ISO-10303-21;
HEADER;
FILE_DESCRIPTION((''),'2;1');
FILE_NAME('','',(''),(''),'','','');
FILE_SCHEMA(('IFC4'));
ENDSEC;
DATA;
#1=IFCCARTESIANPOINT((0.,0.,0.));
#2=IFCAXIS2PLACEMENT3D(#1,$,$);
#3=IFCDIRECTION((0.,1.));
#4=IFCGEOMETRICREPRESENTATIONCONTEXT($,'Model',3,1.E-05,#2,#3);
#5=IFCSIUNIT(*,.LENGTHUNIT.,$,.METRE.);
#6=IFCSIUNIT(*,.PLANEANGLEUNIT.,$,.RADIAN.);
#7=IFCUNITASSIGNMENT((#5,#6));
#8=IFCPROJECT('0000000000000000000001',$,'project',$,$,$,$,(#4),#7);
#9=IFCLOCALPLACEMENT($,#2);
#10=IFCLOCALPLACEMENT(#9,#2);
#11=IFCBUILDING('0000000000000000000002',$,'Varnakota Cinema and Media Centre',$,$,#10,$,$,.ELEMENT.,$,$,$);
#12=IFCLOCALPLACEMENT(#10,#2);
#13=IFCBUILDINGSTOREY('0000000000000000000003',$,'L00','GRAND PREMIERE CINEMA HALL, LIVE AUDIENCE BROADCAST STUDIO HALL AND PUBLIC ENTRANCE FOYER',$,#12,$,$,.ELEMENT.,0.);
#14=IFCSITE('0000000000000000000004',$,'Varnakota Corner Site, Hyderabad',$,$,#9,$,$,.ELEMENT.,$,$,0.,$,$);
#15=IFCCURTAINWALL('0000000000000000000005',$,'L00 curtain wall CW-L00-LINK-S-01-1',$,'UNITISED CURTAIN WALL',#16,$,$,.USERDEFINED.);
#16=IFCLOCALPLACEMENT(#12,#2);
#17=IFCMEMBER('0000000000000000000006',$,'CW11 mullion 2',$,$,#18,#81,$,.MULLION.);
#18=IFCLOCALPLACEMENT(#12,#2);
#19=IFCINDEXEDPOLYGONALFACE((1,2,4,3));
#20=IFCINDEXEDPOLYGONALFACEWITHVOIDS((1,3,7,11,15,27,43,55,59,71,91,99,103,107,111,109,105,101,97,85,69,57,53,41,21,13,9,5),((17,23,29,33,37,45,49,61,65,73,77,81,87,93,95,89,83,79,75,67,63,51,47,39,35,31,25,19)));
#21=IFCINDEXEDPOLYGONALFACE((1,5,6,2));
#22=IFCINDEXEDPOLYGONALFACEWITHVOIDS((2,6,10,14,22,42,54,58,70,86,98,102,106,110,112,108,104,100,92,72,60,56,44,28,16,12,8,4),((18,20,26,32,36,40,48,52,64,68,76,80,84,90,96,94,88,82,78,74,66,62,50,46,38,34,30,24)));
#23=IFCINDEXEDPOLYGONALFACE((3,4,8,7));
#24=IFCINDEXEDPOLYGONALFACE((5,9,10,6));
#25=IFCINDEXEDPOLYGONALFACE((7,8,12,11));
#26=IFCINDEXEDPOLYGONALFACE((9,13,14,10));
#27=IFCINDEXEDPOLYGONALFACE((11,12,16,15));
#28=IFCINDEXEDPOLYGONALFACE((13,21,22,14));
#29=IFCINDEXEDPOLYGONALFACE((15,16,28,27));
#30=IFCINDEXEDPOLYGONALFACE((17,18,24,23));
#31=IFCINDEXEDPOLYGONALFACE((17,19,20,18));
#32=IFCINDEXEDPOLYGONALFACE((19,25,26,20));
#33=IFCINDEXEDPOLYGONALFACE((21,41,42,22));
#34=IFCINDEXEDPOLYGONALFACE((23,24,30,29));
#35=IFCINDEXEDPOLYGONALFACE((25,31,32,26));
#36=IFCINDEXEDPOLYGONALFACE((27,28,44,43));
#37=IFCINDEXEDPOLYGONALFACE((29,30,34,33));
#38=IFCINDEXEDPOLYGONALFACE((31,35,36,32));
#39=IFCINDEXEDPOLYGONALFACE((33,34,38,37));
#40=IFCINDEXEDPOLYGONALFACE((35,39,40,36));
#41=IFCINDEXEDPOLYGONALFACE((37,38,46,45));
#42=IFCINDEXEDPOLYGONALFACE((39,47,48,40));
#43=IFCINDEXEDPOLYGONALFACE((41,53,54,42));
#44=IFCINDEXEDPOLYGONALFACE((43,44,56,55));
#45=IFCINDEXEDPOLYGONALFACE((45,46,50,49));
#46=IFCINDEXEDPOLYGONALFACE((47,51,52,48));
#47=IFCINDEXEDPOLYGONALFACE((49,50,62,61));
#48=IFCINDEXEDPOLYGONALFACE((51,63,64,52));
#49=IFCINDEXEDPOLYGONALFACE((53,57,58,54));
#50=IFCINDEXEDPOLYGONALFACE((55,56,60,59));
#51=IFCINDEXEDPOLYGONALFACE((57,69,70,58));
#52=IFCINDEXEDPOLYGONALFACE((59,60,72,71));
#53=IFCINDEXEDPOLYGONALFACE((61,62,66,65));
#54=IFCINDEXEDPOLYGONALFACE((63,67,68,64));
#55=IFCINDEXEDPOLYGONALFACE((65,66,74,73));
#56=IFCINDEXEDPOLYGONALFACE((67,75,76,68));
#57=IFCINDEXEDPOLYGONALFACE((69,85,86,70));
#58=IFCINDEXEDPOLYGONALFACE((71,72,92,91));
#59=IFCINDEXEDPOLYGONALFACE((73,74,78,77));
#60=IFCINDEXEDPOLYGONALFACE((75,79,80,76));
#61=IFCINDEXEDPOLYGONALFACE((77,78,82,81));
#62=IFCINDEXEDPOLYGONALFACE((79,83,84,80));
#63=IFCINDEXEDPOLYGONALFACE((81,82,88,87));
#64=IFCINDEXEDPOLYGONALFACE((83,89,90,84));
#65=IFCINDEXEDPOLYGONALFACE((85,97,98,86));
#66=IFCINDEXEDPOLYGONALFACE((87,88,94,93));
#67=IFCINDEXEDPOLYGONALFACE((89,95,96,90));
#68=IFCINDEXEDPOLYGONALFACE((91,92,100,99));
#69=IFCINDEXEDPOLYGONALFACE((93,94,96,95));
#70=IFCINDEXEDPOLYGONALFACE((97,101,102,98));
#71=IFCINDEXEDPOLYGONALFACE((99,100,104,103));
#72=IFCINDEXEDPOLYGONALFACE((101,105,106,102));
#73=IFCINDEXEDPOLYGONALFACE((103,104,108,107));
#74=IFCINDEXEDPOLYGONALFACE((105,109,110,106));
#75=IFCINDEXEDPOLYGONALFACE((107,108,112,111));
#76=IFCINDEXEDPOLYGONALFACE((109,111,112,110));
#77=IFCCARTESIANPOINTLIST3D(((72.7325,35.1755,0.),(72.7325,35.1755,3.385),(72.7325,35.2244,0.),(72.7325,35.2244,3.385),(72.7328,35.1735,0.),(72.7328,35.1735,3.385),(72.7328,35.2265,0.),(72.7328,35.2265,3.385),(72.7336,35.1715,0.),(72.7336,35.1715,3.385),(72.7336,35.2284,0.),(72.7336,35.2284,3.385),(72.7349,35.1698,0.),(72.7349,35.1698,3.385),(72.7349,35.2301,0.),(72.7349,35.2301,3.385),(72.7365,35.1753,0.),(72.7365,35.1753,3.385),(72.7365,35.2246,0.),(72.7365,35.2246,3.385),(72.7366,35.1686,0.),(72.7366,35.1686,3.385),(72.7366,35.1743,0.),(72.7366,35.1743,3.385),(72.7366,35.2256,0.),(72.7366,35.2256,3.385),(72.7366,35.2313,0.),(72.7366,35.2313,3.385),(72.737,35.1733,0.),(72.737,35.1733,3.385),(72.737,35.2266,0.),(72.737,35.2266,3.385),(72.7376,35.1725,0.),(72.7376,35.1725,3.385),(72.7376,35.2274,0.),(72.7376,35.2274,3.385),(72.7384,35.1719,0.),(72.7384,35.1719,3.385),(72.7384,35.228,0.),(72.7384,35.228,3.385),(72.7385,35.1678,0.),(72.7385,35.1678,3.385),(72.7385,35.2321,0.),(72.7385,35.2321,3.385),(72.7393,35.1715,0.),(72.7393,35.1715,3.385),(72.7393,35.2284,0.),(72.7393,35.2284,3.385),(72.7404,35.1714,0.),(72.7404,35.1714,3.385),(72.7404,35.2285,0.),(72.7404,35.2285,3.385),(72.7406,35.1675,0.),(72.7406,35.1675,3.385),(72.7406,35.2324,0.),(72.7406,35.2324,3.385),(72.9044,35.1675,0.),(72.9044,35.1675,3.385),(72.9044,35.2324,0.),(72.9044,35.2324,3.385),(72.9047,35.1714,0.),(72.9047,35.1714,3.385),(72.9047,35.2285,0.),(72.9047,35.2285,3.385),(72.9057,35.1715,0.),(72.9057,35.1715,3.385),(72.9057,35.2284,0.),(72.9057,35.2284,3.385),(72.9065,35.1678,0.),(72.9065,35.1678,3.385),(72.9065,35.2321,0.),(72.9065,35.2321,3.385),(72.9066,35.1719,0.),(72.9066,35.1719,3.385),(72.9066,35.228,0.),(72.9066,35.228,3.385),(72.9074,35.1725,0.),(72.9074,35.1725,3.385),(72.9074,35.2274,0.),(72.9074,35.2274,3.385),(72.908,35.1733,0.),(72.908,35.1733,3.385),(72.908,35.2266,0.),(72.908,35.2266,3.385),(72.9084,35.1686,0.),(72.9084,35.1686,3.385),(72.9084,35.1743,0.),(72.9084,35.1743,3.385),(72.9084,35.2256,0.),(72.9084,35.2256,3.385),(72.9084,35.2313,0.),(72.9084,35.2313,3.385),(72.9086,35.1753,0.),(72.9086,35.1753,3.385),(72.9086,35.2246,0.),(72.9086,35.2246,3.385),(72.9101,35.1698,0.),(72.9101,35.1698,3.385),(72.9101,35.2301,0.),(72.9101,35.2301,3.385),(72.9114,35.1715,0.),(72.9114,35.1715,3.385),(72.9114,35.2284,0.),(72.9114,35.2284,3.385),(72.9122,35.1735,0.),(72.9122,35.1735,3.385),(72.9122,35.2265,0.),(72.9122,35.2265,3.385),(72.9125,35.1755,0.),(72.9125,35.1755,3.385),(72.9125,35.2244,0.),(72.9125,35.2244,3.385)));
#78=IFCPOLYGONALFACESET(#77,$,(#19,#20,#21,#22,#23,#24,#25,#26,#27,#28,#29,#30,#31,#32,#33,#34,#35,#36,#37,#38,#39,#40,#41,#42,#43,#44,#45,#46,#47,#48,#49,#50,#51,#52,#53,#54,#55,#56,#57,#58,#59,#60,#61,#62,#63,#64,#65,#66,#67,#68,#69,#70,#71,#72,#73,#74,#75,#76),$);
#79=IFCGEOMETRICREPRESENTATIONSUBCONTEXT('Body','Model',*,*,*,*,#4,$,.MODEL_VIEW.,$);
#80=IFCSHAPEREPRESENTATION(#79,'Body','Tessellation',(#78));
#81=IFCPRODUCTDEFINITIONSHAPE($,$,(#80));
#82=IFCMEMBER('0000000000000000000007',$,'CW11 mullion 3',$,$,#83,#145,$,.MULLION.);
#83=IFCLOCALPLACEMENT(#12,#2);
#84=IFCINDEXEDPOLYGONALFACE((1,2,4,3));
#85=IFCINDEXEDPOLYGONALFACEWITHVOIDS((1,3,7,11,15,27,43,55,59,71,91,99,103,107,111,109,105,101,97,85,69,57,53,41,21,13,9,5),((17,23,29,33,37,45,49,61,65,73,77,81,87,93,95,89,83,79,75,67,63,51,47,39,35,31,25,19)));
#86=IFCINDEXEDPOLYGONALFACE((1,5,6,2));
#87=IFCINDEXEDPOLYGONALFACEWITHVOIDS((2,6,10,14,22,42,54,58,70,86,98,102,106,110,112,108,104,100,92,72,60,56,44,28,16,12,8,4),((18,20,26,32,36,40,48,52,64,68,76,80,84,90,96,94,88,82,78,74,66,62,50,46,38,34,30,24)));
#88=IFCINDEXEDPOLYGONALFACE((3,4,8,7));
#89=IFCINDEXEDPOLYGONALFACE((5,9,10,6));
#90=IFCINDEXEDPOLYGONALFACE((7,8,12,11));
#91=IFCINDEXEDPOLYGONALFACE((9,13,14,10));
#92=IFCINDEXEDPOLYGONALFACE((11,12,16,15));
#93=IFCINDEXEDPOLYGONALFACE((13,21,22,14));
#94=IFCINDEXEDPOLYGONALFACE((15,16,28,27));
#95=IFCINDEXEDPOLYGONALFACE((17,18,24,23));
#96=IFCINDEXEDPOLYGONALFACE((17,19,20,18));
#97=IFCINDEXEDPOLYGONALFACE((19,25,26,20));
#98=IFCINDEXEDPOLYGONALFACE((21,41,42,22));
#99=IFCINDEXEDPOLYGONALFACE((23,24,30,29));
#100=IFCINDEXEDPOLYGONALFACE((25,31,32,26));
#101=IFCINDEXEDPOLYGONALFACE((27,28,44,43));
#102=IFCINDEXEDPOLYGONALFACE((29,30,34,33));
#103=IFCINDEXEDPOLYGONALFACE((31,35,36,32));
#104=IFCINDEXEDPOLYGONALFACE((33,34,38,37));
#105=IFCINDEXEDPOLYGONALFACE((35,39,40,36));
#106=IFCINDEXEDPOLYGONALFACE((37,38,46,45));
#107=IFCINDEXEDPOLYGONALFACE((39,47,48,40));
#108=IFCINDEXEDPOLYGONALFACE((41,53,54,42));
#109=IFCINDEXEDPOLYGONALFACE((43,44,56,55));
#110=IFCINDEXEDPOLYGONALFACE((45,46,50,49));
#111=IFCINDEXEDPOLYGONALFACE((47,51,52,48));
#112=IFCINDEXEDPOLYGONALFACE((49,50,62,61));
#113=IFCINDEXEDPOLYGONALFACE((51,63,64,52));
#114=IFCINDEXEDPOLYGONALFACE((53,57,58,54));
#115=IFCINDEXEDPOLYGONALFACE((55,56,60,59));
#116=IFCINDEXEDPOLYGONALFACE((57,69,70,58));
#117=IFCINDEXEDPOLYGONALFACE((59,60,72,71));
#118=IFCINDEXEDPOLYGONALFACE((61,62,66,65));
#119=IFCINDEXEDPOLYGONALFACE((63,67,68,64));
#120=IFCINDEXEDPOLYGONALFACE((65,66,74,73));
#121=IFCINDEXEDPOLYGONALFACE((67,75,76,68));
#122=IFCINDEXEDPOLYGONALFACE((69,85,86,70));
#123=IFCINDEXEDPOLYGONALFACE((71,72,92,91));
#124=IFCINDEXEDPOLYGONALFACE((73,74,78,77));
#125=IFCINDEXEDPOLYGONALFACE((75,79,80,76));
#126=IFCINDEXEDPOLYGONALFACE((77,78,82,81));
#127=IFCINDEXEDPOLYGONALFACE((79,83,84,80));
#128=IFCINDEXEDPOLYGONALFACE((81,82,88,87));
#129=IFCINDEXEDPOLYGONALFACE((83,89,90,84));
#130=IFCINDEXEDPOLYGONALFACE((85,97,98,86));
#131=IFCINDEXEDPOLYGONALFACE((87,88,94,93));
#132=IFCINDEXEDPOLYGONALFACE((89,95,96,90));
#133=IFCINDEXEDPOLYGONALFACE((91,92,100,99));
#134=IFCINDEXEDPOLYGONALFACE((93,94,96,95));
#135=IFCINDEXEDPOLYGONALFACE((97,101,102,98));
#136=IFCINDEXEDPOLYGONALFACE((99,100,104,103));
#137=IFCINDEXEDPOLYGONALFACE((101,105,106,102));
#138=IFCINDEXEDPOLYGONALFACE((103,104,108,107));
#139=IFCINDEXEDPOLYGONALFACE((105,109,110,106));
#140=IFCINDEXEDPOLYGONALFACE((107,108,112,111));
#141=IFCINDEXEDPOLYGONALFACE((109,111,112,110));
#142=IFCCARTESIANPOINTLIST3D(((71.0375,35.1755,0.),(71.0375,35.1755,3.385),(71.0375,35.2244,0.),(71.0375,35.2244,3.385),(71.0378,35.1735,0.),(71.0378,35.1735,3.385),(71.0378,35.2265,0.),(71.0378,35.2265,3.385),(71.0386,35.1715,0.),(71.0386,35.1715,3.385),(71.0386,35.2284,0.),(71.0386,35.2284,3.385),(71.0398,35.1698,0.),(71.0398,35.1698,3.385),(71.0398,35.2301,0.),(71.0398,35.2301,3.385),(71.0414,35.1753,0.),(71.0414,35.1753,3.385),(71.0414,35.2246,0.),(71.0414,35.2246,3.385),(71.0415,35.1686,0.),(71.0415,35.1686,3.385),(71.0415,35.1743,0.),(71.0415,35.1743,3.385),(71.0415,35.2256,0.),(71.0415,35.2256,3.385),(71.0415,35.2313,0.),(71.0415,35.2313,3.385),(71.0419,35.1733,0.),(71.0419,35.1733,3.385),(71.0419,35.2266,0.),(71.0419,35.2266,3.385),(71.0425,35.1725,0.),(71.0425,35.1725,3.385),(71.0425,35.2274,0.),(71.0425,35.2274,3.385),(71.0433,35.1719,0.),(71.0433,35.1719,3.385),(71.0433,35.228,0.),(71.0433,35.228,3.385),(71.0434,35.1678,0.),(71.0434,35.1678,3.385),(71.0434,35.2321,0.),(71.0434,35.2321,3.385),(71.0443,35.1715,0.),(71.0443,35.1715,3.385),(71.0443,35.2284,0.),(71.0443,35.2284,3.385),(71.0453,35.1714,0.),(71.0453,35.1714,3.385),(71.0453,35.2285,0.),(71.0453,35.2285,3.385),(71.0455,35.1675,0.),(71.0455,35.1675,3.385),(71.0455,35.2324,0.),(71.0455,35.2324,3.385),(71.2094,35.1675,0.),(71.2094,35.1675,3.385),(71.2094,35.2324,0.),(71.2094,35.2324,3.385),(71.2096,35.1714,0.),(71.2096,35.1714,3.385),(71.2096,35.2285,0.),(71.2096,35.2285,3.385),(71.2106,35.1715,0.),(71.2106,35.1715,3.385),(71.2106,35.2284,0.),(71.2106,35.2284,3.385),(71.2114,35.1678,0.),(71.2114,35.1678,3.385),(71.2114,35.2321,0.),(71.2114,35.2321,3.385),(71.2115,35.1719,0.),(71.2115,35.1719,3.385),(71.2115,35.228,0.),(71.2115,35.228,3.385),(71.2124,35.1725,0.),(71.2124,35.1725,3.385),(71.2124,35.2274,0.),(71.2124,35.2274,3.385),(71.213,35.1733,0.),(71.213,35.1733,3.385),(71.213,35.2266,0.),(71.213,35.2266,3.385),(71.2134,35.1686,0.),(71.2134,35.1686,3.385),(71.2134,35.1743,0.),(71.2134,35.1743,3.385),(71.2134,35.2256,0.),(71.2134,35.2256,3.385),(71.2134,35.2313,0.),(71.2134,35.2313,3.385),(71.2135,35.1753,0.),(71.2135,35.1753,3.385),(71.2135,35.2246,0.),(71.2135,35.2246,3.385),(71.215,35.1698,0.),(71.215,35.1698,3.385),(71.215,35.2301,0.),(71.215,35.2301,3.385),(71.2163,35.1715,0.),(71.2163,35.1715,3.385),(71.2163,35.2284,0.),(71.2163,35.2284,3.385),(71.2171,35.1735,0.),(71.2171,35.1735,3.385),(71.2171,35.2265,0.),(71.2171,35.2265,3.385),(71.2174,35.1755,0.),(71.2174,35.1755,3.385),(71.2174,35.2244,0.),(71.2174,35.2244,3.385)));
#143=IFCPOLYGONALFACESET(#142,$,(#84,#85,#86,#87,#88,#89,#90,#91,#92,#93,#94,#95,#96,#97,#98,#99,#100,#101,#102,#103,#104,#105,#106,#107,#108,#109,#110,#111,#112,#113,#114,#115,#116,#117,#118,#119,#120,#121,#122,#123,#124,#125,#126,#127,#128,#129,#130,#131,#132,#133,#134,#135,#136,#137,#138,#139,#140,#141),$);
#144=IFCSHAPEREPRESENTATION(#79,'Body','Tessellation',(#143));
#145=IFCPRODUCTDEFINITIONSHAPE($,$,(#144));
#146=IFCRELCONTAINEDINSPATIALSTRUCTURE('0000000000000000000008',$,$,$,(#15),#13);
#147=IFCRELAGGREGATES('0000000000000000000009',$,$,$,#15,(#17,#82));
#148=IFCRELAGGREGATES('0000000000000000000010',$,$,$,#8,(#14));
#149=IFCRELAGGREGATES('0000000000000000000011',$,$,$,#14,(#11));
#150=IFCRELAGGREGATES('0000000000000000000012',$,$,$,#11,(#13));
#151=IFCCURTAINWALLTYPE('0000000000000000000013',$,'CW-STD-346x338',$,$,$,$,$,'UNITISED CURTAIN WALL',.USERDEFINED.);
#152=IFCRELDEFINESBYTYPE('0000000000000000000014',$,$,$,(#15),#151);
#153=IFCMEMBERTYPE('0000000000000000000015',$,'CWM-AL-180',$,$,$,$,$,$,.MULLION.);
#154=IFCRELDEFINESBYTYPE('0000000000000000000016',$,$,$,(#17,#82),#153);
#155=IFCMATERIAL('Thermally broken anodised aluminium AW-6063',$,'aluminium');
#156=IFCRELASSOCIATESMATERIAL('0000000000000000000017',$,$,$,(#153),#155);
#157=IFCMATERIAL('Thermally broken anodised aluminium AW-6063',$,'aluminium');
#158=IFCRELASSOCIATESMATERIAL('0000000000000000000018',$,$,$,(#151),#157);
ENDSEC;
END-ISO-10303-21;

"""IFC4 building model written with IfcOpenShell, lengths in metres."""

from ifc_helpers import new_model, si_unit, direction, frame, origin, origin_2d, place, context, subcontext, project, spatial, hollow_rectangle, extrude, material, material_profile, profile_set, type_object, element, aggregate, save


model = new_model("IFC4")

# Units and contexts
model_context = context("Model", 3, precision=1e-05, world=origin(), true_north=direction((0.0, 1.0)))
body_context = subcontext(model_context, "Body", "Model", "MODEL_VIEW")
ifc_project = project(units=[si_unit("LENGTHUNIT", "METRE"), si_unit("PLANEANGLEUNIT", "RADIAN")], contexts=[model_context])

# Site, building, storey
site_placement = place(None, origin())
site = spatial("IfcSite", under=ifc_project, at=site_placement, Name="Varnakota Corner Site, Hyderabad", CompositionType="ELEMENT", RefElevation=0.0)
building_placement = place(site_placement, origin())
building = spatial("IfcBuilding", under=site, at=building_placement, Name="Varnakota Cinema and Media Centre", CompositionType="ELEMENT")
storey_placement = place(building_placement, origin())
storey = spatial("IfcBuildingStorey", under=building, at=storey_placement, Name="L00", Description="GRAND PREMIERE CINEMA HALL, LIVE AUDIENCE BROADCAST STUDIO HALL AND PUBLIC ENTRANCE FOYER", CompositionType="ELEMENT", Elevation=0.0)

# Shared definitions
ifc_material_1 = material(Name="Thermally broken anodised aluminium AW-6063", Category="aluminium")
ifc_material_profile_1 = material_profile(ifc_material_1, hollow_rectangle(XDim=0.0649, YDim=0.1799, WallThickness=0.0039, InnerFilletRadius=0.0039, OuterFilletRadius=0.0081, at=origin_2d()), Name="AL-MULLION 180x65x4")
ifc_profile_set_1 = profile_set([ifc_material_profile_1], Name="Thermally broken anodised aluminium AW-6063")
member_type_1 = type_object("IfcMemberType", Name="CWM-AL-180", PredefinedType="MULLION", material=ifc_profile_set_1)

# Curtain wall, members
ifc_material_2 = material(Name="Thermally broken anodised aluminium AW-6063", Category="aluminium")
curtain_wall_type_1 = type_object("IfcCurtainWallType", Name="CW-STD-346x338", ElementType="UNITISED CURTAIN WALL", PredefinedType="USERDEFINED", material=ifc_material_2)
curtain_wall_1_placement = place(storey_placement, origin())
curtain_wall_1 = element("IfcCurtainWall", 1, at=curtain_wall_1_placement, inside=storey, type_object=curtain_wall_type_1, Name="L00 curtain wall CW-L00-LINK-S-01-1", ObjectType="UNITISED CURTAIN WALL", PredefinedType="USERDEFINED")
member_1_placement = place(storey_placement, frame((72.8225, 35.2, 0.0), z_axis=(0.0, 0.0, 1.0), x_axis=(0.0, -1.0, 0.0)))
member_1 = element("IfcMember", 2, at=member_1_placement, type_object=member_type_1, Name="CW11 mullion 2", PredefinedType="MULLION", context=body_context, shape_type="SweptSolid", body=[
    extrude(hollow_rectangle(XDim=0.0649, YDim=0.1799, WallThickness=0.0039, InnerFilletRadius=0.0039, OuterFilletRadius=0.0081, at=origin_2d()), origin(), (0.0, 0.0, 1.0), 3.385),
])
member_2_placement = place(storey_placement, frame((71.1274, 35.2, 0.0), z_axis=(0.0, 0.0, 1.0), x_axis=(0.0, -1.0, 0.0)))
member_2 = element("IfcMember", 3, at=member_2_placement, type_object=member_type_1, Name="CW11 mullion 3", PredefinedType="MULLION", context=body_context, shape_type="SweptSolid", body=[
    extrude(hollow_rectangle(XDim=0.0649, YDim=0.1799, WallThickness=0.0039, InnerFilletRadius=0.0039, OuterFilletRadius=0.0081, at=origin_2d()), origin(), (0.0, 0.0, 1.0), 3.385),
])

aggregate(curtain_wall_1, [member_1, member_2])

save(model, "model.ifc")
